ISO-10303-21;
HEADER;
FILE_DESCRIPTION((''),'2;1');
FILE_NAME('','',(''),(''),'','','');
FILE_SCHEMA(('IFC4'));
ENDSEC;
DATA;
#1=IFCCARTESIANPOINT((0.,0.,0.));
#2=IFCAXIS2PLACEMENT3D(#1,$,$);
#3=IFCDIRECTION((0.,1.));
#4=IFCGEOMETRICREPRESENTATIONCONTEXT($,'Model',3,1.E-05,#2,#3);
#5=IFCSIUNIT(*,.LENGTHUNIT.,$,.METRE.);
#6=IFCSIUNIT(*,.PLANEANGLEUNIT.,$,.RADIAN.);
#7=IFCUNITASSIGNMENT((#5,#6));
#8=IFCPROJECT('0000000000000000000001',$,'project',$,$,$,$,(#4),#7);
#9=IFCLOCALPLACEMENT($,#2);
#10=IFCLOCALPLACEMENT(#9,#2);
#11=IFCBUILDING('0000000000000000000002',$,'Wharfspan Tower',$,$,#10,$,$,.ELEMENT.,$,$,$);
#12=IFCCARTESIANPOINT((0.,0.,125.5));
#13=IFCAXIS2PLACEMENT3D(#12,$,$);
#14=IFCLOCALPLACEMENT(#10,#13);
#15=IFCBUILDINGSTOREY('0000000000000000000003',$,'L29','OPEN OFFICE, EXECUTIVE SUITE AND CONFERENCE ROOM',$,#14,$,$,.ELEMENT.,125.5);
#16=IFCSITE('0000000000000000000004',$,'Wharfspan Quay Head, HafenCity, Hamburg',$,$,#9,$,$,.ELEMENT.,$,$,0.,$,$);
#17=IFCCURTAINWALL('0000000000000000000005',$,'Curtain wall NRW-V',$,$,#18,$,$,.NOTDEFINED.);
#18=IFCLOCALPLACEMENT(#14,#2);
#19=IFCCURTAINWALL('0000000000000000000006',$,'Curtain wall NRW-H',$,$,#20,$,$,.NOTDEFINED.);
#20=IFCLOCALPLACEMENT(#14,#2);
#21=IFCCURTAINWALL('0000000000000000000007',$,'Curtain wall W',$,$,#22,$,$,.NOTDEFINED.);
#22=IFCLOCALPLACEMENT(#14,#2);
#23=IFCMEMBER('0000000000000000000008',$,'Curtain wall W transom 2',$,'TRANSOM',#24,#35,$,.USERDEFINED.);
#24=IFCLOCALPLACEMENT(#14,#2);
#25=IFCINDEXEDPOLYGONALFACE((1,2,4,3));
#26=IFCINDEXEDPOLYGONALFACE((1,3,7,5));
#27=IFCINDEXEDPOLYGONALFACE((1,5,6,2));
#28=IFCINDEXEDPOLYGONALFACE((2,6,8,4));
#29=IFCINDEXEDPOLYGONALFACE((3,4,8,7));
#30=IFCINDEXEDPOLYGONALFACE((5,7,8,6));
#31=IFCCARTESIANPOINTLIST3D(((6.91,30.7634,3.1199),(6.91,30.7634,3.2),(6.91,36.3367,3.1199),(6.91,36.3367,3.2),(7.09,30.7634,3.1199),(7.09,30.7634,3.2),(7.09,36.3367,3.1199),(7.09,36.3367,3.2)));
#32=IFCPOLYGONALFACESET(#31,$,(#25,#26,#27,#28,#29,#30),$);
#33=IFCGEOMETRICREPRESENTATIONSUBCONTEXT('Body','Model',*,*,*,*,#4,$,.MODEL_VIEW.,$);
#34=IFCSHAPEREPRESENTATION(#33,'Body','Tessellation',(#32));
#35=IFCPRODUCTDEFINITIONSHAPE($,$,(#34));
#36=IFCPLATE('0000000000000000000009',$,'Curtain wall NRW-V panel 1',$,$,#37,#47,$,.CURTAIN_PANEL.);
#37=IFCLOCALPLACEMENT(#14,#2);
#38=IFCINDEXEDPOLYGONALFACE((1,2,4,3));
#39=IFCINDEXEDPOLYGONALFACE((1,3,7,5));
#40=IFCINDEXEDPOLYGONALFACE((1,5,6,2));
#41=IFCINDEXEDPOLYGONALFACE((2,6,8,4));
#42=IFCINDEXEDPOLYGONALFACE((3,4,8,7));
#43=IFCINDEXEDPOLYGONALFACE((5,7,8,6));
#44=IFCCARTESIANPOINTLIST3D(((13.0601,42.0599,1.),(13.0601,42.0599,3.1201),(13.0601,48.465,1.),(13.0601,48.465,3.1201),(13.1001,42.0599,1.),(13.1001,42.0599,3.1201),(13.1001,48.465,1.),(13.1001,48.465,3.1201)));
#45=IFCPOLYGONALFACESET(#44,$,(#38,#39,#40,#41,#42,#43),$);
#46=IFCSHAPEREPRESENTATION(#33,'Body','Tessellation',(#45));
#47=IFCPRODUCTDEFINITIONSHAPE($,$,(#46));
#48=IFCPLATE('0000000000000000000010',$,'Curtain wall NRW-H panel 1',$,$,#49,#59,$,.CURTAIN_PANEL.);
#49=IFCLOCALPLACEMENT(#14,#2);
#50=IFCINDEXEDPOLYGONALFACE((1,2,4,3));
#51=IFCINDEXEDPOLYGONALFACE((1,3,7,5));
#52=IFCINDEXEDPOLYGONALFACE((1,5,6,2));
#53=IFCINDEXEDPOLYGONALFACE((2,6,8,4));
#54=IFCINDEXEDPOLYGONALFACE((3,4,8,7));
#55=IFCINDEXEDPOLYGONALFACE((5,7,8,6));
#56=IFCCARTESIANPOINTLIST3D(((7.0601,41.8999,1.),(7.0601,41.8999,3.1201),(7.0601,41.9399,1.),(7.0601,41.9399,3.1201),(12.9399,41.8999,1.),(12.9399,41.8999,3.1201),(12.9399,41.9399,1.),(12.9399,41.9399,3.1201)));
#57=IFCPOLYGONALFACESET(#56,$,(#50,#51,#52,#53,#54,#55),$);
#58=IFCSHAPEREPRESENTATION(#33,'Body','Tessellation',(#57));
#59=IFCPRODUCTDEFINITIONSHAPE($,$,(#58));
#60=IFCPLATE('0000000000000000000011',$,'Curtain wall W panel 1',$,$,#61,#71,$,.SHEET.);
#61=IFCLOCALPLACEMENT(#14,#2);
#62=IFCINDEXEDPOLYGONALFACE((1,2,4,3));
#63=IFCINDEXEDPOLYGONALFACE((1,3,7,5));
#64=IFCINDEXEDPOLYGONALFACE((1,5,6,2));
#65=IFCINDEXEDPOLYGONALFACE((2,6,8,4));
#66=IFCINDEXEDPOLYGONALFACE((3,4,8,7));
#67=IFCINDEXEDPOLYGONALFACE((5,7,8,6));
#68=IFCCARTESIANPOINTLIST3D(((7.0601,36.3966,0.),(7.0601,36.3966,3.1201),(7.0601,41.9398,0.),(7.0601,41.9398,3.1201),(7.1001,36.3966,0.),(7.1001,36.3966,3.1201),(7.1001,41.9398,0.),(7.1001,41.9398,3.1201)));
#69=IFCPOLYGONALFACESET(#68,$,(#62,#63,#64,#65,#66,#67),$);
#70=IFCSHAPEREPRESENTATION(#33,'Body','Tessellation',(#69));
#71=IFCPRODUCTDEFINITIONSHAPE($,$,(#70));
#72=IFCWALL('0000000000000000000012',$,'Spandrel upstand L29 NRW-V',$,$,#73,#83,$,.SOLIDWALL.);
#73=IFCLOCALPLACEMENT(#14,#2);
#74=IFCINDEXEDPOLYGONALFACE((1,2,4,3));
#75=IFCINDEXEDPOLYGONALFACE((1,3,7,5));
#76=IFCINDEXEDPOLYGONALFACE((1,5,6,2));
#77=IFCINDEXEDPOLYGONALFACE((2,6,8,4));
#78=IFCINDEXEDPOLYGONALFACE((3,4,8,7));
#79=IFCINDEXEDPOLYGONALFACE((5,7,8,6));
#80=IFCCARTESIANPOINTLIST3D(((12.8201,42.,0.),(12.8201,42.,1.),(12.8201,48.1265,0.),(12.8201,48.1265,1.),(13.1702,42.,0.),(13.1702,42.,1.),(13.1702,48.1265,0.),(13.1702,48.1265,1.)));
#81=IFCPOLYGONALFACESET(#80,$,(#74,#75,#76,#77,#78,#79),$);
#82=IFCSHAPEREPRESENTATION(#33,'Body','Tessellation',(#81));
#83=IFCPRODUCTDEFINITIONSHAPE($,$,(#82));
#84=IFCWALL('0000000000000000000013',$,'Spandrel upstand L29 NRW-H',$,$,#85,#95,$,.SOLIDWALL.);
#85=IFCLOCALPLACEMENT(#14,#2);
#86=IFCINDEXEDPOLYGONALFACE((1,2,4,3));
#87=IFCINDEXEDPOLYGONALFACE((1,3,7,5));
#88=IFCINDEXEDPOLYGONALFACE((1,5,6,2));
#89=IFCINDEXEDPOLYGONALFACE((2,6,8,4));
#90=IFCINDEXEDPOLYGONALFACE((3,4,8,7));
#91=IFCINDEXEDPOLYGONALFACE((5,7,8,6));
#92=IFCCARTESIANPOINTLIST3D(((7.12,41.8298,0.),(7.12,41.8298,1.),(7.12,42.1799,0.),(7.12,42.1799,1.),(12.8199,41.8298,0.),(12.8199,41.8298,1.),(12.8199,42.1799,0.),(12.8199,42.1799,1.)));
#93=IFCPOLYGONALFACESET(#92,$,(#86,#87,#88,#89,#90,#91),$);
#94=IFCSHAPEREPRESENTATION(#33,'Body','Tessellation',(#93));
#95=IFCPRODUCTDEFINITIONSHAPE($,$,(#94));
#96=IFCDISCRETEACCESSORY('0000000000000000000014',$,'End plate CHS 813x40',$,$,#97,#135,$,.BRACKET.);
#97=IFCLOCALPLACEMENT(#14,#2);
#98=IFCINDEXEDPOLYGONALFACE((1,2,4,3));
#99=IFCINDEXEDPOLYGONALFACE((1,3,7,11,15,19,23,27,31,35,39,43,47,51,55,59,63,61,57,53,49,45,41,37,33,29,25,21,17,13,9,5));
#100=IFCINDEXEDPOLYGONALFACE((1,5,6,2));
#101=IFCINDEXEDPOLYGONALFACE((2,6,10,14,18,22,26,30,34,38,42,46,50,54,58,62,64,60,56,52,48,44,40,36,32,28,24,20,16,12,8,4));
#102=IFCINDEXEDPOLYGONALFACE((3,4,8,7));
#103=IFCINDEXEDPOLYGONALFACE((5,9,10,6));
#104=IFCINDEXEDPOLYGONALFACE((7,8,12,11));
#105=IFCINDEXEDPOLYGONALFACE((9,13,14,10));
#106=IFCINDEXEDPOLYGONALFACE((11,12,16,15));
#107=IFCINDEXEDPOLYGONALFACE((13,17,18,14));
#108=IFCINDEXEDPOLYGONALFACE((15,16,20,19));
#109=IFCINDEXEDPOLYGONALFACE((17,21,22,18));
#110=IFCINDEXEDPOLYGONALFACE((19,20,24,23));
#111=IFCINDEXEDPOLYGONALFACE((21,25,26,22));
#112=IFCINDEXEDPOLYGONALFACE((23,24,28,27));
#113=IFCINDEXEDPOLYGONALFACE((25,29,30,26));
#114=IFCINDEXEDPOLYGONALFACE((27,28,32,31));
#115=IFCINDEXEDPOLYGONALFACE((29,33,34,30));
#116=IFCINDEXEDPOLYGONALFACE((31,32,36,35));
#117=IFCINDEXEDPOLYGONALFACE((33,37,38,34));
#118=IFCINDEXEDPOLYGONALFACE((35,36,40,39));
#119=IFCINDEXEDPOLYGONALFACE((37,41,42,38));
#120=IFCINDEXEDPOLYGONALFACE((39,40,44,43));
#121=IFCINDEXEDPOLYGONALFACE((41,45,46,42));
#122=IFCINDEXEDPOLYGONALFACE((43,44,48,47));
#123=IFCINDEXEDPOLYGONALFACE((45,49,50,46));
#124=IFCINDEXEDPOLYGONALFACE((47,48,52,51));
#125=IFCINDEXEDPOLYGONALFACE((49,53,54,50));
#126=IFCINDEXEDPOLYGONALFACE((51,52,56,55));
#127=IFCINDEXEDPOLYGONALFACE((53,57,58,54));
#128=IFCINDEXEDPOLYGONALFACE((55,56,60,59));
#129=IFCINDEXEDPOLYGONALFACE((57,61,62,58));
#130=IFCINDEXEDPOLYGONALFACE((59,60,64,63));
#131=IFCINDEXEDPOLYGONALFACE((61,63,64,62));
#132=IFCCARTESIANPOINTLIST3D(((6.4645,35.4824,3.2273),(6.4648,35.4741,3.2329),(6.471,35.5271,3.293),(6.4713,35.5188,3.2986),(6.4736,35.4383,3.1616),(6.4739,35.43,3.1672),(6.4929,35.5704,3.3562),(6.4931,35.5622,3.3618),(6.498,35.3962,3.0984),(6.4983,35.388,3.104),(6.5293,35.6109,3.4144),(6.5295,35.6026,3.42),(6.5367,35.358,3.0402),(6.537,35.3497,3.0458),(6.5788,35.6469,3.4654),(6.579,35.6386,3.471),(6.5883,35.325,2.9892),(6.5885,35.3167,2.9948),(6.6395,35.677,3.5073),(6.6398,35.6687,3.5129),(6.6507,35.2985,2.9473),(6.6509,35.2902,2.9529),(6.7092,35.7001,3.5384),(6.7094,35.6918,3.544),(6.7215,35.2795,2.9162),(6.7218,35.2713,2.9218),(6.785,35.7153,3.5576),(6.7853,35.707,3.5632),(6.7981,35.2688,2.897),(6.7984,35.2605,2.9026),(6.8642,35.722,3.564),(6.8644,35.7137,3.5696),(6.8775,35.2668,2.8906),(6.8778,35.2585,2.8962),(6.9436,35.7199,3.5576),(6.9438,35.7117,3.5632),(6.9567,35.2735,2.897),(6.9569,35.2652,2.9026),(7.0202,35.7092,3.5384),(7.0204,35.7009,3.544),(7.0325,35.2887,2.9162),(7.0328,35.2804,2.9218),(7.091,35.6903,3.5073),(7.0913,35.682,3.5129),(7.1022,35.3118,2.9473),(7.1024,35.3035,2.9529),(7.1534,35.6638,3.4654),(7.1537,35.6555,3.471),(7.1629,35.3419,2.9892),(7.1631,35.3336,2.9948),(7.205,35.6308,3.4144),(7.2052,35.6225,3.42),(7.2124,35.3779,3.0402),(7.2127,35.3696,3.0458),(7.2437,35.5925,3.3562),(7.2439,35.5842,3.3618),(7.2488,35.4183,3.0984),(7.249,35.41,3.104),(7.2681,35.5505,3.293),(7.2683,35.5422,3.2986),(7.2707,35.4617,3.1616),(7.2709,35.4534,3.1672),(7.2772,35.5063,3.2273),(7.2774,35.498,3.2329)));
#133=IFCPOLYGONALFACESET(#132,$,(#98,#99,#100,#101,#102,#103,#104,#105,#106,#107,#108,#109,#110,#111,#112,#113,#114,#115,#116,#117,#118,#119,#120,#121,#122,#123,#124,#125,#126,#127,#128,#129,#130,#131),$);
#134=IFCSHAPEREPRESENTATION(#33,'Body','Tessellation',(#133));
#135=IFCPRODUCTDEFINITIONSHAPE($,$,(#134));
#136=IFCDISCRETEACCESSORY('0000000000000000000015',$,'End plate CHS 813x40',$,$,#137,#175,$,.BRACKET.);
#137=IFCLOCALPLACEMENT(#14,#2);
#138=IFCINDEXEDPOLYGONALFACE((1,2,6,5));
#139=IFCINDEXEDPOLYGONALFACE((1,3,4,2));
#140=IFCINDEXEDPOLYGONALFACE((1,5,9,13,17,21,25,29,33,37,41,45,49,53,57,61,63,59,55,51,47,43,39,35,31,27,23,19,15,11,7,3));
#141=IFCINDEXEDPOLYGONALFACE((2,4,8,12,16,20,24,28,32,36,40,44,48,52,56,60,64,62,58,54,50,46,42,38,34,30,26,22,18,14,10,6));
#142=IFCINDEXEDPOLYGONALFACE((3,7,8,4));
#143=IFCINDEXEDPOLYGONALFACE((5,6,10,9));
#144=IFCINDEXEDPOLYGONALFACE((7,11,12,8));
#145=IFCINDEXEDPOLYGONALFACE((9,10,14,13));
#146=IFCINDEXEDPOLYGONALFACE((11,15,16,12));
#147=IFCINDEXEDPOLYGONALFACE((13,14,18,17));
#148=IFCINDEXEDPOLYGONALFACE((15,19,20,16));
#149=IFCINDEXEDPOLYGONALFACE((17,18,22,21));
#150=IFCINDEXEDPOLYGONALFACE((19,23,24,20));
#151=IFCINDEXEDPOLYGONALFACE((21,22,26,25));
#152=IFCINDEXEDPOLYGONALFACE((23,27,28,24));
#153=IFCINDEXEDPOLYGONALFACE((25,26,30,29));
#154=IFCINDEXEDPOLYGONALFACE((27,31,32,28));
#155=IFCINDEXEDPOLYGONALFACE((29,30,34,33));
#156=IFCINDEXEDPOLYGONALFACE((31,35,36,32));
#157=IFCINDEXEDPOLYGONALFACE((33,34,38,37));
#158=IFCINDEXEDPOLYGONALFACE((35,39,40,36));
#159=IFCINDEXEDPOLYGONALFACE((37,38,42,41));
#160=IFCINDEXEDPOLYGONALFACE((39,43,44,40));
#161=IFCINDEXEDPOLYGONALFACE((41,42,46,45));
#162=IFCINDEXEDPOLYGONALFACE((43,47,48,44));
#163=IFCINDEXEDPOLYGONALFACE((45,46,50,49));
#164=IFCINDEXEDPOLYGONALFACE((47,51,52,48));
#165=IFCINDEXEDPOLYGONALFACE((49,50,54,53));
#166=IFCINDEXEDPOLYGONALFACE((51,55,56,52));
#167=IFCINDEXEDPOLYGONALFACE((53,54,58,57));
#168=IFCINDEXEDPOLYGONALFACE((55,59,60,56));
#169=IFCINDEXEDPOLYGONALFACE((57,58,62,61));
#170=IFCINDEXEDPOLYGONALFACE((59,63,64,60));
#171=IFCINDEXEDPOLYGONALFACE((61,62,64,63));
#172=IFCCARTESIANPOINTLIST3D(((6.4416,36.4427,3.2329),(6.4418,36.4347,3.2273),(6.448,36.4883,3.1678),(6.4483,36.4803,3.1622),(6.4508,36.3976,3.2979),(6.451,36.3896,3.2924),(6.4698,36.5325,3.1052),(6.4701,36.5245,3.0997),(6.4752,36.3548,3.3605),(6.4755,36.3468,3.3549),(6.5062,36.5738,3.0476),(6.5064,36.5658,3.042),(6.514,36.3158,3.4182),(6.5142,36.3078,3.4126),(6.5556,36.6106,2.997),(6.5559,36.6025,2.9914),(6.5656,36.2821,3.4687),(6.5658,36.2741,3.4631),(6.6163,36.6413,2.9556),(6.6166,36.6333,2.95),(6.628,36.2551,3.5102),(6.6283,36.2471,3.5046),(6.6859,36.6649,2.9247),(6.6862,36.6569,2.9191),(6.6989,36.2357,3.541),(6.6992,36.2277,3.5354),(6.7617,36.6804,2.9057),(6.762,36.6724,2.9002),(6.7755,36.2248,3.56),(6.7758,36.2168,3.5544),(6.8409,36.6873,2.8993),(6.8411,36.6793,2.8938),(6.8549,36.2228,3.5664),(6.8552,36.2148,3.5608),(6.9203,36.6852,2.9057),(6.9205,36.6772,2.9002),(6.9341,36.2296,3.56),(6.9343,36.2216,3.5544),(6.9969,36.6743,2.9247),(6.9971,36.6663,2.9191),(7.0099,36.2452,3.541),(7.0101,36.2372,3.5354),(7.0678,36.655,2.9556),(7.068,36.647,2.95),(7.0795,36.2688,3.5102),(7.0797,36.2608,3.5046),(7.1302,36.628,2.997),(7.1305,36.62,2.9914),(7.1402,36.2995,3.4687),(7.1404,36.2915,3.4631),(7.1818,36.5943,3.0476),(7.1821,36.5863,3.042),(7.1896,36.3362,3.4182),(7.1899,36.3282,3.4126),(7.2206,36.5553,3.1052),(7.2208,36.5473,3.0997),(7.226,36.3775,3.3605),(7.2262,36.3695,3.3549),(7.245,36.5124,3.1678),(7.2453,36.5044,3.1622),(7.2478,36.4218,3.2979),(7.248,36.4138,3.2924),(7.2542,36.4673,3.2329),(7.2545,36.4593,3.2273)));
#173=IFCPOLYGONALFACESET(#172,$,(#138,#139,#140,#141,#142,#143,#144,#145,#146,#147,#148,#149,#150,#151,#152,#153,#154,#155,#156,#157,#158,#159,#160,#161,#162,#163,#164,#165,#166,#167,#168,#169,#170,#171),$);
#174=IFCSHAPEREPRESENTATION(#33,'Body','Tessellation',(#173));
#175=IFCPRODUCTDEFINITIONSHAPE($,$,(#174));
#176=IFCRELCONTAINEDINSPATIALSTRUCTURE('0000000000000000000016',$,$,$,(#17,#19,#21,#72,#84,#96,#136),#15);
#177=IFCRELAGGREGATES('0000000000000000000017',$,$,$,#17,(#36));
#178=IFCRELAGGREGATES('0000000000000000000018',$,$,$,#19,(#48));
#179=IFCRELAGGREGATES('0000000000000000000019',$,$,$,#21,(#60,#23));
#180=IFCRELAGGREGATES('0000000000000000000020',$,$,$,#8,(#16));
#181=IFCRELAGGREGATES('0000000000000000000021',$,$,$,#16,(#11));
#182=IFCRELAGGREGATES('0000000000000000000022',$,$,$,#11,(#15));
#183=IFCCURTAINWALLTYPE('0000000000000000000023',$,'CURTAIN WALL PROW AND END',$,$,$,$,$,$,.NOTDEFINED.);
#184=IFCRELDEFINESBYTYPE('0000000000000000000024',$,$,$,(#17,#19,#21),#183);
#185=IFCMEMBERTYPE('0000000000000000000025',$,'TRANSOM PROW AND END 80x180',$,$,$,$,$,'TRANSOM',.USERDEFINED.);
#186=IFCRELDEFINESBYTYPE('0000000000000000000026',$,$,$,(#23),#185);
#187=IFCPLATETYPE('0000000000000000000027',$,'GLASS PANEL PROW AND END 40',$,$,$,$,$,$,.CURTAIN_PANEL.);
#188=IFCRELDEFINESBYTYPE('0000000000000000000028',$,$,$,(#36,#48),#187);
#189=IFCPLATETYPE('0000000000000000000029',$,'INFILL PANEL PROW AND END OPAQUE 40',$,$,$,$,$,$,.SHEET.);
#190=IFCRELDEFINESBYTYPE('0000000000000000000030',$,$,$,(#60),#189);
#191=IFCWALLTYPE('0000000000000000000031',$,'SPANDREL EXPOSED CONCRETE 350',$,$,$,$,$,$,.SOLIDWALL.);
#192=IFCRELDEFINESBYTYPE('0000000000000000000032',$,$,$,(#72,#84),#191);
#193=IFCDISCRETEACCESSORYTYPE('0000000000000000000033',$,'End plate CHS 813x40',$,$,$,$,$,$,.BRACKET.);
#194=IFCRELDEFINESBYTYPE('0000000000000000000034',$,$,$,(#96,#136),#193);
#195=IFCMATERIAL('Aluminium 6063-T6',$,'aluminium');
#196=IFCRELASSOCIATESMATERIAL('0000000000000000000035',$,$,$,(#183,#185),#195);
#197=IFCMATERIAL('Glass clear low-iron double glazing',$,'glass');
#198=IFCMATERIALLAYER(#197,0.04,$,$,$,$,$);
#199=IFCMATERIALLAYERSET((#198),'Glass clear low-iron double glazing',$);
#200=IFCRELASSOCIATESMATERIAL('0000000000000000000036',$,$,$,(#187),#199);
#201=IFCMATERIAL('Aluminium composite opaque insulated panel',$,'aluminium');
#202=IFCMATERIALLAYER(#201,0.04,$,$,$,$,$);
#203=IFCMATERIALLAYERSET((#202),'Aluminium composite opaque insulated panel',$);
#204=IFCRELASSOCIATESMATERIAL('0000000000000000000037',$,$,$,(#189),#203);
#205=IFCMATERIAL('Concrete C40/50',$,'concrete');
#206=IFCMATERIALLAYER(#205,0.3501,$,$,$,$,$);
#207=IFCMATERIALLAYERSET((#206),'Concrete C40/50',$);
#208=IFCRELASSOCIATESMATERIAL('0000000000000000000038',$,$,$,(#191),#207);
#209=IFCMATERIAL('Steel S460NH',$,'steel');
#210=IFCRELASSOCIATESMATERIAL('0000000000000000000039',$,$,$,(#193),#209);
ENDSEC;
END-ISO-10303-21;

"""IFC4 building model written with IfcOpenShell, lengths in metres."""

from ifc_helpers import new_model, si_unit, direction, frame, frame_2d, origin, origin_2d, place, context, subcontext, project, spatial, rectangle, circle, extrude, material, layer, layer_set, material_profile, profile_set, type_object, element, aggregate, save


model = new_model("IFC4")

# Units and contexts
model_context = context("Model", 3, precision=1e-05, world=origin(), true_north=direction((0.0, 1.0)))
body_context = subcontext(model_context, "Body", "Model", "MODEL_VIEW")
ifc_project = project(units=[si_unit("LENGTHUNIT", "METRE"), si_unit("PLANEANGLEUNIT", "RADIAN")], contexts=[model_context])

# Site, building, storey
site_placement = place(None, origin())
site = spatial("IfcSite", under=ifc_project, at=site_placement, Name="Wharfspan Quay Head, HafenCity, Hamburg", CompositionType="ELEMENT", RefElevation=0.0)
building_placement = place(site_placement, origin())
building = spatial("IfcBuilding", under=site, at=building_placement, Name="Wharfspan Tower", CompositionType="ELEMENT")
storey_placement = place(building_placement, frame((0.0, 0.0, 125.5)))
storey = spatial("IfcBuildingStorey", under=building, at=storey_placement, Name="L29", Description="OPEN OFFICE, EXECUTIVE SUITE AND CONFERENCE ROOM", CompositionType="ELEMENT", Elevation=125.5)

# Curtain walls
ifc_material_1 = material(Name="Aluminium 6063-T6", Category="aluminium")
curtain_wall_type = type_object("IfcCurtainWallType", Name="CURTAIN WALL PROW AND END", PredefinedType="NOTDEFINED", material=ifc_material_1)
curtain_wall_1_placement = place(storey_placement, origin())
curtain_wall_1 = element("IfcCurtainWall", 1, at=curtain_wall_1_placement, inside=storey, type_object=curtain_wall_type, Name="Curtain wall NRW-V", PredefinedType="NOTDEFINED")
curtain_wall_2_placement = place(storey_placement, origin())
curtain_wall_2 = element("IfcCurtainWall", 2, at=curtain_wall_2_placement, inside=storey, type_object=curtain_wall_type, Name="Curtain wall NRW-H", PredefinedType="NOTDEFINED")
curtain_wall_3_placement = place(storey_placement, origin())
curtain_wall_3 = element("IfcCurtainWall", 3, at=curtain_wall_3_placement, inside=storey, type_object=curtain_wall_type, Name="Curtain wall W", PredefinedType="NOTDEFINED")

# Shared definitions
ifc_material_2 = material(Name="Steel S460NH", Category="steel")

# Member
ifc_material_profile_1 = material_profile(ifc_material_1, rectangle(XDim=0.1799, YDim=0.0801, at=origin_2d()))
ifc_profile_set_1 = profile_set([ifc_material_profile_1], Name="Aluminium 6063-T6")
member_type_1 = type_object("IfcMemberType", Name="TRANSOM PROW AND END 80x180", ElementType="TRANSOM", PredefinedType="USERDEFINED", material=ifc_profile_set_1)
member_1_placement = place(storey_placement, frame((7.0, 36.3367, 3.1599), z_axis=(0.0, -1.0, 0.0), x_axis=(1.0, 0.0, 0.0)))
member_1 = element("IfcMember", 4, at=member_1_placement, type_object=member_type_1, Name="Curtain wall W transom 2", ObjectType="TRANSOM", PredefinedType="USERDEFINED", context=body_context, shape_type="SweptSolid", body=[
    extrude(rectangle(XDim=0.1799, YDim=0.0801, at=origin_2d()), origin(), (0.0, 0.0, 1.0), 5.5732),
])

# Plates
ifc_material_3 = material(Name="Glass clear low-iron double glazing", Category="glass")
ifc_layer_1 = layer(ifc_material_3, 0.04)
ifc_layer_set_1 = layer_set([ifc_layer_1], Name="Glass clear low-iron double glazing")
plate_type_1 = type_object("IfcPlateType", Name="GLASS PANEL PROW AND END 40", PredefinedType="CURTAIN_PANEL", material=ifc_layer_set_1)
plate_1_placement = place(storey_placement, frame((13.0801, 45.2625, 1.0), z_axis=(0.0, 0.0, 1.0), x_axis=(0.0, -1.0, 0.0)))
plate_1 = element("IfcPlate", 5, at=plate_1_placement, type_object=plate_type_1, Name="Curtain wall NRW-V panel 1", PredefinedType="CURTAIN_PANEL", context=body_context, shape_type="SweptSolid", body=[
    extrude(rectangle(XDim=6.405, YDim=0.04, at=origin_2d()), origin(), (0.0, 0.0, 1.0), 2.1201),
])
aggregate(curtain_wall_1, [plate_1])
plate_2_placement = place(storey_placement, frame((10.0, 41.9199, 1.0), z_axis=(0.0, 0.0, 1.0), x_axis=(-1.0, 0.0, 0.0)))
plate_2 = element("IfcPlate", 6, at=plate_2_placement, type_object=plate_type_1, Name="Curtain wall NRW-H panel 1", PredefinedType="CURTAIN_PANEL", context=body_context, shape_type="SweptSolid", body=[
    extrude(rectangle(XDim=5.8799, YDim=0.04, at=origin_2d()), origin(), (0.0, 0.0, 1.0), 2.1201),
])
aggregate(curtain_wall_2, [plate_2])
ifc_material_4 = material(Name="Aluminium composite opaque insulated panel", Category="aluminium")
ifc_layer_2 = layer(ifc_material_4, 0.04)
ifc_layer_set_2 = layer_set([ifc_layer_2], Name="Aluminium composite opaque insulated panel")
plate_type_2 = type_object("IfcPlateType", Name="INFILL PANEL PROW AND END OPAQUE 40", PredefinedType="SHEET", material=ifc_layer_set_2)
plate_3_placement = place(storey_placement, frame((7.0801, 39.1682, 0.0), z_axis=(0.0, 0.0, 1.0), x_axis=(0.0, -1.0, 0.0)))
plate_3 = element("IfcPlate", 7, at=plate_3_placement, type_object=plate_type_2, Name="Curtain wall W panel 1", PredefinedType="SHEET", context=body_context, shape_type="SweptSolid", body=[
    extrude(rectangle(XDim=5.5432, YDim=0.04, at=origin_2d()), origin(), (0.0, 0.0, 1.0), 3.1201),
])
aggregate(curtain_wall_3, [plate_3, member_1])

# Walls
ifc_material_5 = material(Name="Concrete C40/50", Category="concrete")
ifc_layer_3 = layer(ifc_material_5, 0.3501)
ifc_layer_set_3 = layer_set([ifc_layer_3], Name="Concrete C40/50")
wall_type = type_object("IfcWallType", Name="SPANDREL EXPOSED CONCRETE 350", PredefinedType="SOLIDWALL", material=ifc_layer_set_3)
wall_1_placement = place(storey_placement, frame((12.9951, 48.1265, 0.0), z_axis=(0.0, 0.0, 1.0), x_axis=(0.0, -1.0, 0.0)))
element("IfcWall", 8, at=wall_1_placement, inside=storey, type_object=wall_type, Name="Spandrel upstand L29 NRW-V", PredefinedType="SOLIDWALL", context=body_context, shape_type="SweptSolid", body=[
    extrude(rectangle(XDim=6.1265, YDim=0.3501, at=frame_2d((3.0632, 0.0))), origin(), (0.0, 0.0, 1.0), 1.0),
])
wall_2_placement = place(storey_placement, frame((12.8201, 42.0049, 0.0), z_axis=(0.0, 0.0, 1.0), x_axis=(-1.0, 0.0, 0.0)))
element("IfcWall", 9, at=wall_2_placement, inside=storey, type_object=wall_type, Name="Spandrel upstand L29 NRW-H", PredefinedType="SOLIDWALL", context=body_context, shape_type="SweptSolid", body=[
    extrude(rectangle(XDim=5.7, YDim=0.3501, at=frame_2d((2.8501, 0.0))), origin(), (0.0, 0.0, 1.0), 1.0),
])

# Discrete accessories
ifc_material_profile_2 = material_profile(ifc_material_2, circle(Radius=0.4065, at=origin_2d()))
ifc_profile_set_2 = profile_set([ifc_material_profile_2], Name="Steel S460NH")
discrete_accessory_type = type_object("IfcDiscreteAccessoryType", Name="End plate CHS 813x40", PredefinedType="BRACKET", material=ifc_profile_set_2)
discrete_accessory_1_placement = place(storey_placement, frame((6.8708, 35.4944, 3.2273), z_axis=(0.024354, -0.828038, 0.560143), x_axis=(0.999568, 0.029399, 0.0)))
element("IfcDiscreteAccessory", 10, at=discrete_accessory_1_placement, inside=storey, type_object=discrete_accessory_type, Name="End plate CHS 813x40", PredefinedType="BRACKET", context=body_context, shape_type="SweptSolid", body=[
    extrude(circle(Radius=0.4065, at=origin_2d()), origin(), (0.0, 0.0, 1.0), 0.01),
])
discrete_accessory_2_placement = place(storey_placement, frame((6.8481, 36.447, 3.2273), z_axis=(-0.024853, 0.820145, 0.571616), x_axis=(-0.999542, -0.03029, 0.000001)))
element("IfcDiscreteAccessory", 11, at=discrete_accessory_2_placement, inside=storey, type_object=discrete_accessory_type, Name="End plate CHS 813x40", PredefinedType="BRACKET", context=body_context, shape_type="SweptSolid", body=[
    extrude(circle(Radius=0.4065, at=origin_2d()), origin(), (0.0, 0.0, 1.0), 0.0098),
])

save(model, "model.ifc")
